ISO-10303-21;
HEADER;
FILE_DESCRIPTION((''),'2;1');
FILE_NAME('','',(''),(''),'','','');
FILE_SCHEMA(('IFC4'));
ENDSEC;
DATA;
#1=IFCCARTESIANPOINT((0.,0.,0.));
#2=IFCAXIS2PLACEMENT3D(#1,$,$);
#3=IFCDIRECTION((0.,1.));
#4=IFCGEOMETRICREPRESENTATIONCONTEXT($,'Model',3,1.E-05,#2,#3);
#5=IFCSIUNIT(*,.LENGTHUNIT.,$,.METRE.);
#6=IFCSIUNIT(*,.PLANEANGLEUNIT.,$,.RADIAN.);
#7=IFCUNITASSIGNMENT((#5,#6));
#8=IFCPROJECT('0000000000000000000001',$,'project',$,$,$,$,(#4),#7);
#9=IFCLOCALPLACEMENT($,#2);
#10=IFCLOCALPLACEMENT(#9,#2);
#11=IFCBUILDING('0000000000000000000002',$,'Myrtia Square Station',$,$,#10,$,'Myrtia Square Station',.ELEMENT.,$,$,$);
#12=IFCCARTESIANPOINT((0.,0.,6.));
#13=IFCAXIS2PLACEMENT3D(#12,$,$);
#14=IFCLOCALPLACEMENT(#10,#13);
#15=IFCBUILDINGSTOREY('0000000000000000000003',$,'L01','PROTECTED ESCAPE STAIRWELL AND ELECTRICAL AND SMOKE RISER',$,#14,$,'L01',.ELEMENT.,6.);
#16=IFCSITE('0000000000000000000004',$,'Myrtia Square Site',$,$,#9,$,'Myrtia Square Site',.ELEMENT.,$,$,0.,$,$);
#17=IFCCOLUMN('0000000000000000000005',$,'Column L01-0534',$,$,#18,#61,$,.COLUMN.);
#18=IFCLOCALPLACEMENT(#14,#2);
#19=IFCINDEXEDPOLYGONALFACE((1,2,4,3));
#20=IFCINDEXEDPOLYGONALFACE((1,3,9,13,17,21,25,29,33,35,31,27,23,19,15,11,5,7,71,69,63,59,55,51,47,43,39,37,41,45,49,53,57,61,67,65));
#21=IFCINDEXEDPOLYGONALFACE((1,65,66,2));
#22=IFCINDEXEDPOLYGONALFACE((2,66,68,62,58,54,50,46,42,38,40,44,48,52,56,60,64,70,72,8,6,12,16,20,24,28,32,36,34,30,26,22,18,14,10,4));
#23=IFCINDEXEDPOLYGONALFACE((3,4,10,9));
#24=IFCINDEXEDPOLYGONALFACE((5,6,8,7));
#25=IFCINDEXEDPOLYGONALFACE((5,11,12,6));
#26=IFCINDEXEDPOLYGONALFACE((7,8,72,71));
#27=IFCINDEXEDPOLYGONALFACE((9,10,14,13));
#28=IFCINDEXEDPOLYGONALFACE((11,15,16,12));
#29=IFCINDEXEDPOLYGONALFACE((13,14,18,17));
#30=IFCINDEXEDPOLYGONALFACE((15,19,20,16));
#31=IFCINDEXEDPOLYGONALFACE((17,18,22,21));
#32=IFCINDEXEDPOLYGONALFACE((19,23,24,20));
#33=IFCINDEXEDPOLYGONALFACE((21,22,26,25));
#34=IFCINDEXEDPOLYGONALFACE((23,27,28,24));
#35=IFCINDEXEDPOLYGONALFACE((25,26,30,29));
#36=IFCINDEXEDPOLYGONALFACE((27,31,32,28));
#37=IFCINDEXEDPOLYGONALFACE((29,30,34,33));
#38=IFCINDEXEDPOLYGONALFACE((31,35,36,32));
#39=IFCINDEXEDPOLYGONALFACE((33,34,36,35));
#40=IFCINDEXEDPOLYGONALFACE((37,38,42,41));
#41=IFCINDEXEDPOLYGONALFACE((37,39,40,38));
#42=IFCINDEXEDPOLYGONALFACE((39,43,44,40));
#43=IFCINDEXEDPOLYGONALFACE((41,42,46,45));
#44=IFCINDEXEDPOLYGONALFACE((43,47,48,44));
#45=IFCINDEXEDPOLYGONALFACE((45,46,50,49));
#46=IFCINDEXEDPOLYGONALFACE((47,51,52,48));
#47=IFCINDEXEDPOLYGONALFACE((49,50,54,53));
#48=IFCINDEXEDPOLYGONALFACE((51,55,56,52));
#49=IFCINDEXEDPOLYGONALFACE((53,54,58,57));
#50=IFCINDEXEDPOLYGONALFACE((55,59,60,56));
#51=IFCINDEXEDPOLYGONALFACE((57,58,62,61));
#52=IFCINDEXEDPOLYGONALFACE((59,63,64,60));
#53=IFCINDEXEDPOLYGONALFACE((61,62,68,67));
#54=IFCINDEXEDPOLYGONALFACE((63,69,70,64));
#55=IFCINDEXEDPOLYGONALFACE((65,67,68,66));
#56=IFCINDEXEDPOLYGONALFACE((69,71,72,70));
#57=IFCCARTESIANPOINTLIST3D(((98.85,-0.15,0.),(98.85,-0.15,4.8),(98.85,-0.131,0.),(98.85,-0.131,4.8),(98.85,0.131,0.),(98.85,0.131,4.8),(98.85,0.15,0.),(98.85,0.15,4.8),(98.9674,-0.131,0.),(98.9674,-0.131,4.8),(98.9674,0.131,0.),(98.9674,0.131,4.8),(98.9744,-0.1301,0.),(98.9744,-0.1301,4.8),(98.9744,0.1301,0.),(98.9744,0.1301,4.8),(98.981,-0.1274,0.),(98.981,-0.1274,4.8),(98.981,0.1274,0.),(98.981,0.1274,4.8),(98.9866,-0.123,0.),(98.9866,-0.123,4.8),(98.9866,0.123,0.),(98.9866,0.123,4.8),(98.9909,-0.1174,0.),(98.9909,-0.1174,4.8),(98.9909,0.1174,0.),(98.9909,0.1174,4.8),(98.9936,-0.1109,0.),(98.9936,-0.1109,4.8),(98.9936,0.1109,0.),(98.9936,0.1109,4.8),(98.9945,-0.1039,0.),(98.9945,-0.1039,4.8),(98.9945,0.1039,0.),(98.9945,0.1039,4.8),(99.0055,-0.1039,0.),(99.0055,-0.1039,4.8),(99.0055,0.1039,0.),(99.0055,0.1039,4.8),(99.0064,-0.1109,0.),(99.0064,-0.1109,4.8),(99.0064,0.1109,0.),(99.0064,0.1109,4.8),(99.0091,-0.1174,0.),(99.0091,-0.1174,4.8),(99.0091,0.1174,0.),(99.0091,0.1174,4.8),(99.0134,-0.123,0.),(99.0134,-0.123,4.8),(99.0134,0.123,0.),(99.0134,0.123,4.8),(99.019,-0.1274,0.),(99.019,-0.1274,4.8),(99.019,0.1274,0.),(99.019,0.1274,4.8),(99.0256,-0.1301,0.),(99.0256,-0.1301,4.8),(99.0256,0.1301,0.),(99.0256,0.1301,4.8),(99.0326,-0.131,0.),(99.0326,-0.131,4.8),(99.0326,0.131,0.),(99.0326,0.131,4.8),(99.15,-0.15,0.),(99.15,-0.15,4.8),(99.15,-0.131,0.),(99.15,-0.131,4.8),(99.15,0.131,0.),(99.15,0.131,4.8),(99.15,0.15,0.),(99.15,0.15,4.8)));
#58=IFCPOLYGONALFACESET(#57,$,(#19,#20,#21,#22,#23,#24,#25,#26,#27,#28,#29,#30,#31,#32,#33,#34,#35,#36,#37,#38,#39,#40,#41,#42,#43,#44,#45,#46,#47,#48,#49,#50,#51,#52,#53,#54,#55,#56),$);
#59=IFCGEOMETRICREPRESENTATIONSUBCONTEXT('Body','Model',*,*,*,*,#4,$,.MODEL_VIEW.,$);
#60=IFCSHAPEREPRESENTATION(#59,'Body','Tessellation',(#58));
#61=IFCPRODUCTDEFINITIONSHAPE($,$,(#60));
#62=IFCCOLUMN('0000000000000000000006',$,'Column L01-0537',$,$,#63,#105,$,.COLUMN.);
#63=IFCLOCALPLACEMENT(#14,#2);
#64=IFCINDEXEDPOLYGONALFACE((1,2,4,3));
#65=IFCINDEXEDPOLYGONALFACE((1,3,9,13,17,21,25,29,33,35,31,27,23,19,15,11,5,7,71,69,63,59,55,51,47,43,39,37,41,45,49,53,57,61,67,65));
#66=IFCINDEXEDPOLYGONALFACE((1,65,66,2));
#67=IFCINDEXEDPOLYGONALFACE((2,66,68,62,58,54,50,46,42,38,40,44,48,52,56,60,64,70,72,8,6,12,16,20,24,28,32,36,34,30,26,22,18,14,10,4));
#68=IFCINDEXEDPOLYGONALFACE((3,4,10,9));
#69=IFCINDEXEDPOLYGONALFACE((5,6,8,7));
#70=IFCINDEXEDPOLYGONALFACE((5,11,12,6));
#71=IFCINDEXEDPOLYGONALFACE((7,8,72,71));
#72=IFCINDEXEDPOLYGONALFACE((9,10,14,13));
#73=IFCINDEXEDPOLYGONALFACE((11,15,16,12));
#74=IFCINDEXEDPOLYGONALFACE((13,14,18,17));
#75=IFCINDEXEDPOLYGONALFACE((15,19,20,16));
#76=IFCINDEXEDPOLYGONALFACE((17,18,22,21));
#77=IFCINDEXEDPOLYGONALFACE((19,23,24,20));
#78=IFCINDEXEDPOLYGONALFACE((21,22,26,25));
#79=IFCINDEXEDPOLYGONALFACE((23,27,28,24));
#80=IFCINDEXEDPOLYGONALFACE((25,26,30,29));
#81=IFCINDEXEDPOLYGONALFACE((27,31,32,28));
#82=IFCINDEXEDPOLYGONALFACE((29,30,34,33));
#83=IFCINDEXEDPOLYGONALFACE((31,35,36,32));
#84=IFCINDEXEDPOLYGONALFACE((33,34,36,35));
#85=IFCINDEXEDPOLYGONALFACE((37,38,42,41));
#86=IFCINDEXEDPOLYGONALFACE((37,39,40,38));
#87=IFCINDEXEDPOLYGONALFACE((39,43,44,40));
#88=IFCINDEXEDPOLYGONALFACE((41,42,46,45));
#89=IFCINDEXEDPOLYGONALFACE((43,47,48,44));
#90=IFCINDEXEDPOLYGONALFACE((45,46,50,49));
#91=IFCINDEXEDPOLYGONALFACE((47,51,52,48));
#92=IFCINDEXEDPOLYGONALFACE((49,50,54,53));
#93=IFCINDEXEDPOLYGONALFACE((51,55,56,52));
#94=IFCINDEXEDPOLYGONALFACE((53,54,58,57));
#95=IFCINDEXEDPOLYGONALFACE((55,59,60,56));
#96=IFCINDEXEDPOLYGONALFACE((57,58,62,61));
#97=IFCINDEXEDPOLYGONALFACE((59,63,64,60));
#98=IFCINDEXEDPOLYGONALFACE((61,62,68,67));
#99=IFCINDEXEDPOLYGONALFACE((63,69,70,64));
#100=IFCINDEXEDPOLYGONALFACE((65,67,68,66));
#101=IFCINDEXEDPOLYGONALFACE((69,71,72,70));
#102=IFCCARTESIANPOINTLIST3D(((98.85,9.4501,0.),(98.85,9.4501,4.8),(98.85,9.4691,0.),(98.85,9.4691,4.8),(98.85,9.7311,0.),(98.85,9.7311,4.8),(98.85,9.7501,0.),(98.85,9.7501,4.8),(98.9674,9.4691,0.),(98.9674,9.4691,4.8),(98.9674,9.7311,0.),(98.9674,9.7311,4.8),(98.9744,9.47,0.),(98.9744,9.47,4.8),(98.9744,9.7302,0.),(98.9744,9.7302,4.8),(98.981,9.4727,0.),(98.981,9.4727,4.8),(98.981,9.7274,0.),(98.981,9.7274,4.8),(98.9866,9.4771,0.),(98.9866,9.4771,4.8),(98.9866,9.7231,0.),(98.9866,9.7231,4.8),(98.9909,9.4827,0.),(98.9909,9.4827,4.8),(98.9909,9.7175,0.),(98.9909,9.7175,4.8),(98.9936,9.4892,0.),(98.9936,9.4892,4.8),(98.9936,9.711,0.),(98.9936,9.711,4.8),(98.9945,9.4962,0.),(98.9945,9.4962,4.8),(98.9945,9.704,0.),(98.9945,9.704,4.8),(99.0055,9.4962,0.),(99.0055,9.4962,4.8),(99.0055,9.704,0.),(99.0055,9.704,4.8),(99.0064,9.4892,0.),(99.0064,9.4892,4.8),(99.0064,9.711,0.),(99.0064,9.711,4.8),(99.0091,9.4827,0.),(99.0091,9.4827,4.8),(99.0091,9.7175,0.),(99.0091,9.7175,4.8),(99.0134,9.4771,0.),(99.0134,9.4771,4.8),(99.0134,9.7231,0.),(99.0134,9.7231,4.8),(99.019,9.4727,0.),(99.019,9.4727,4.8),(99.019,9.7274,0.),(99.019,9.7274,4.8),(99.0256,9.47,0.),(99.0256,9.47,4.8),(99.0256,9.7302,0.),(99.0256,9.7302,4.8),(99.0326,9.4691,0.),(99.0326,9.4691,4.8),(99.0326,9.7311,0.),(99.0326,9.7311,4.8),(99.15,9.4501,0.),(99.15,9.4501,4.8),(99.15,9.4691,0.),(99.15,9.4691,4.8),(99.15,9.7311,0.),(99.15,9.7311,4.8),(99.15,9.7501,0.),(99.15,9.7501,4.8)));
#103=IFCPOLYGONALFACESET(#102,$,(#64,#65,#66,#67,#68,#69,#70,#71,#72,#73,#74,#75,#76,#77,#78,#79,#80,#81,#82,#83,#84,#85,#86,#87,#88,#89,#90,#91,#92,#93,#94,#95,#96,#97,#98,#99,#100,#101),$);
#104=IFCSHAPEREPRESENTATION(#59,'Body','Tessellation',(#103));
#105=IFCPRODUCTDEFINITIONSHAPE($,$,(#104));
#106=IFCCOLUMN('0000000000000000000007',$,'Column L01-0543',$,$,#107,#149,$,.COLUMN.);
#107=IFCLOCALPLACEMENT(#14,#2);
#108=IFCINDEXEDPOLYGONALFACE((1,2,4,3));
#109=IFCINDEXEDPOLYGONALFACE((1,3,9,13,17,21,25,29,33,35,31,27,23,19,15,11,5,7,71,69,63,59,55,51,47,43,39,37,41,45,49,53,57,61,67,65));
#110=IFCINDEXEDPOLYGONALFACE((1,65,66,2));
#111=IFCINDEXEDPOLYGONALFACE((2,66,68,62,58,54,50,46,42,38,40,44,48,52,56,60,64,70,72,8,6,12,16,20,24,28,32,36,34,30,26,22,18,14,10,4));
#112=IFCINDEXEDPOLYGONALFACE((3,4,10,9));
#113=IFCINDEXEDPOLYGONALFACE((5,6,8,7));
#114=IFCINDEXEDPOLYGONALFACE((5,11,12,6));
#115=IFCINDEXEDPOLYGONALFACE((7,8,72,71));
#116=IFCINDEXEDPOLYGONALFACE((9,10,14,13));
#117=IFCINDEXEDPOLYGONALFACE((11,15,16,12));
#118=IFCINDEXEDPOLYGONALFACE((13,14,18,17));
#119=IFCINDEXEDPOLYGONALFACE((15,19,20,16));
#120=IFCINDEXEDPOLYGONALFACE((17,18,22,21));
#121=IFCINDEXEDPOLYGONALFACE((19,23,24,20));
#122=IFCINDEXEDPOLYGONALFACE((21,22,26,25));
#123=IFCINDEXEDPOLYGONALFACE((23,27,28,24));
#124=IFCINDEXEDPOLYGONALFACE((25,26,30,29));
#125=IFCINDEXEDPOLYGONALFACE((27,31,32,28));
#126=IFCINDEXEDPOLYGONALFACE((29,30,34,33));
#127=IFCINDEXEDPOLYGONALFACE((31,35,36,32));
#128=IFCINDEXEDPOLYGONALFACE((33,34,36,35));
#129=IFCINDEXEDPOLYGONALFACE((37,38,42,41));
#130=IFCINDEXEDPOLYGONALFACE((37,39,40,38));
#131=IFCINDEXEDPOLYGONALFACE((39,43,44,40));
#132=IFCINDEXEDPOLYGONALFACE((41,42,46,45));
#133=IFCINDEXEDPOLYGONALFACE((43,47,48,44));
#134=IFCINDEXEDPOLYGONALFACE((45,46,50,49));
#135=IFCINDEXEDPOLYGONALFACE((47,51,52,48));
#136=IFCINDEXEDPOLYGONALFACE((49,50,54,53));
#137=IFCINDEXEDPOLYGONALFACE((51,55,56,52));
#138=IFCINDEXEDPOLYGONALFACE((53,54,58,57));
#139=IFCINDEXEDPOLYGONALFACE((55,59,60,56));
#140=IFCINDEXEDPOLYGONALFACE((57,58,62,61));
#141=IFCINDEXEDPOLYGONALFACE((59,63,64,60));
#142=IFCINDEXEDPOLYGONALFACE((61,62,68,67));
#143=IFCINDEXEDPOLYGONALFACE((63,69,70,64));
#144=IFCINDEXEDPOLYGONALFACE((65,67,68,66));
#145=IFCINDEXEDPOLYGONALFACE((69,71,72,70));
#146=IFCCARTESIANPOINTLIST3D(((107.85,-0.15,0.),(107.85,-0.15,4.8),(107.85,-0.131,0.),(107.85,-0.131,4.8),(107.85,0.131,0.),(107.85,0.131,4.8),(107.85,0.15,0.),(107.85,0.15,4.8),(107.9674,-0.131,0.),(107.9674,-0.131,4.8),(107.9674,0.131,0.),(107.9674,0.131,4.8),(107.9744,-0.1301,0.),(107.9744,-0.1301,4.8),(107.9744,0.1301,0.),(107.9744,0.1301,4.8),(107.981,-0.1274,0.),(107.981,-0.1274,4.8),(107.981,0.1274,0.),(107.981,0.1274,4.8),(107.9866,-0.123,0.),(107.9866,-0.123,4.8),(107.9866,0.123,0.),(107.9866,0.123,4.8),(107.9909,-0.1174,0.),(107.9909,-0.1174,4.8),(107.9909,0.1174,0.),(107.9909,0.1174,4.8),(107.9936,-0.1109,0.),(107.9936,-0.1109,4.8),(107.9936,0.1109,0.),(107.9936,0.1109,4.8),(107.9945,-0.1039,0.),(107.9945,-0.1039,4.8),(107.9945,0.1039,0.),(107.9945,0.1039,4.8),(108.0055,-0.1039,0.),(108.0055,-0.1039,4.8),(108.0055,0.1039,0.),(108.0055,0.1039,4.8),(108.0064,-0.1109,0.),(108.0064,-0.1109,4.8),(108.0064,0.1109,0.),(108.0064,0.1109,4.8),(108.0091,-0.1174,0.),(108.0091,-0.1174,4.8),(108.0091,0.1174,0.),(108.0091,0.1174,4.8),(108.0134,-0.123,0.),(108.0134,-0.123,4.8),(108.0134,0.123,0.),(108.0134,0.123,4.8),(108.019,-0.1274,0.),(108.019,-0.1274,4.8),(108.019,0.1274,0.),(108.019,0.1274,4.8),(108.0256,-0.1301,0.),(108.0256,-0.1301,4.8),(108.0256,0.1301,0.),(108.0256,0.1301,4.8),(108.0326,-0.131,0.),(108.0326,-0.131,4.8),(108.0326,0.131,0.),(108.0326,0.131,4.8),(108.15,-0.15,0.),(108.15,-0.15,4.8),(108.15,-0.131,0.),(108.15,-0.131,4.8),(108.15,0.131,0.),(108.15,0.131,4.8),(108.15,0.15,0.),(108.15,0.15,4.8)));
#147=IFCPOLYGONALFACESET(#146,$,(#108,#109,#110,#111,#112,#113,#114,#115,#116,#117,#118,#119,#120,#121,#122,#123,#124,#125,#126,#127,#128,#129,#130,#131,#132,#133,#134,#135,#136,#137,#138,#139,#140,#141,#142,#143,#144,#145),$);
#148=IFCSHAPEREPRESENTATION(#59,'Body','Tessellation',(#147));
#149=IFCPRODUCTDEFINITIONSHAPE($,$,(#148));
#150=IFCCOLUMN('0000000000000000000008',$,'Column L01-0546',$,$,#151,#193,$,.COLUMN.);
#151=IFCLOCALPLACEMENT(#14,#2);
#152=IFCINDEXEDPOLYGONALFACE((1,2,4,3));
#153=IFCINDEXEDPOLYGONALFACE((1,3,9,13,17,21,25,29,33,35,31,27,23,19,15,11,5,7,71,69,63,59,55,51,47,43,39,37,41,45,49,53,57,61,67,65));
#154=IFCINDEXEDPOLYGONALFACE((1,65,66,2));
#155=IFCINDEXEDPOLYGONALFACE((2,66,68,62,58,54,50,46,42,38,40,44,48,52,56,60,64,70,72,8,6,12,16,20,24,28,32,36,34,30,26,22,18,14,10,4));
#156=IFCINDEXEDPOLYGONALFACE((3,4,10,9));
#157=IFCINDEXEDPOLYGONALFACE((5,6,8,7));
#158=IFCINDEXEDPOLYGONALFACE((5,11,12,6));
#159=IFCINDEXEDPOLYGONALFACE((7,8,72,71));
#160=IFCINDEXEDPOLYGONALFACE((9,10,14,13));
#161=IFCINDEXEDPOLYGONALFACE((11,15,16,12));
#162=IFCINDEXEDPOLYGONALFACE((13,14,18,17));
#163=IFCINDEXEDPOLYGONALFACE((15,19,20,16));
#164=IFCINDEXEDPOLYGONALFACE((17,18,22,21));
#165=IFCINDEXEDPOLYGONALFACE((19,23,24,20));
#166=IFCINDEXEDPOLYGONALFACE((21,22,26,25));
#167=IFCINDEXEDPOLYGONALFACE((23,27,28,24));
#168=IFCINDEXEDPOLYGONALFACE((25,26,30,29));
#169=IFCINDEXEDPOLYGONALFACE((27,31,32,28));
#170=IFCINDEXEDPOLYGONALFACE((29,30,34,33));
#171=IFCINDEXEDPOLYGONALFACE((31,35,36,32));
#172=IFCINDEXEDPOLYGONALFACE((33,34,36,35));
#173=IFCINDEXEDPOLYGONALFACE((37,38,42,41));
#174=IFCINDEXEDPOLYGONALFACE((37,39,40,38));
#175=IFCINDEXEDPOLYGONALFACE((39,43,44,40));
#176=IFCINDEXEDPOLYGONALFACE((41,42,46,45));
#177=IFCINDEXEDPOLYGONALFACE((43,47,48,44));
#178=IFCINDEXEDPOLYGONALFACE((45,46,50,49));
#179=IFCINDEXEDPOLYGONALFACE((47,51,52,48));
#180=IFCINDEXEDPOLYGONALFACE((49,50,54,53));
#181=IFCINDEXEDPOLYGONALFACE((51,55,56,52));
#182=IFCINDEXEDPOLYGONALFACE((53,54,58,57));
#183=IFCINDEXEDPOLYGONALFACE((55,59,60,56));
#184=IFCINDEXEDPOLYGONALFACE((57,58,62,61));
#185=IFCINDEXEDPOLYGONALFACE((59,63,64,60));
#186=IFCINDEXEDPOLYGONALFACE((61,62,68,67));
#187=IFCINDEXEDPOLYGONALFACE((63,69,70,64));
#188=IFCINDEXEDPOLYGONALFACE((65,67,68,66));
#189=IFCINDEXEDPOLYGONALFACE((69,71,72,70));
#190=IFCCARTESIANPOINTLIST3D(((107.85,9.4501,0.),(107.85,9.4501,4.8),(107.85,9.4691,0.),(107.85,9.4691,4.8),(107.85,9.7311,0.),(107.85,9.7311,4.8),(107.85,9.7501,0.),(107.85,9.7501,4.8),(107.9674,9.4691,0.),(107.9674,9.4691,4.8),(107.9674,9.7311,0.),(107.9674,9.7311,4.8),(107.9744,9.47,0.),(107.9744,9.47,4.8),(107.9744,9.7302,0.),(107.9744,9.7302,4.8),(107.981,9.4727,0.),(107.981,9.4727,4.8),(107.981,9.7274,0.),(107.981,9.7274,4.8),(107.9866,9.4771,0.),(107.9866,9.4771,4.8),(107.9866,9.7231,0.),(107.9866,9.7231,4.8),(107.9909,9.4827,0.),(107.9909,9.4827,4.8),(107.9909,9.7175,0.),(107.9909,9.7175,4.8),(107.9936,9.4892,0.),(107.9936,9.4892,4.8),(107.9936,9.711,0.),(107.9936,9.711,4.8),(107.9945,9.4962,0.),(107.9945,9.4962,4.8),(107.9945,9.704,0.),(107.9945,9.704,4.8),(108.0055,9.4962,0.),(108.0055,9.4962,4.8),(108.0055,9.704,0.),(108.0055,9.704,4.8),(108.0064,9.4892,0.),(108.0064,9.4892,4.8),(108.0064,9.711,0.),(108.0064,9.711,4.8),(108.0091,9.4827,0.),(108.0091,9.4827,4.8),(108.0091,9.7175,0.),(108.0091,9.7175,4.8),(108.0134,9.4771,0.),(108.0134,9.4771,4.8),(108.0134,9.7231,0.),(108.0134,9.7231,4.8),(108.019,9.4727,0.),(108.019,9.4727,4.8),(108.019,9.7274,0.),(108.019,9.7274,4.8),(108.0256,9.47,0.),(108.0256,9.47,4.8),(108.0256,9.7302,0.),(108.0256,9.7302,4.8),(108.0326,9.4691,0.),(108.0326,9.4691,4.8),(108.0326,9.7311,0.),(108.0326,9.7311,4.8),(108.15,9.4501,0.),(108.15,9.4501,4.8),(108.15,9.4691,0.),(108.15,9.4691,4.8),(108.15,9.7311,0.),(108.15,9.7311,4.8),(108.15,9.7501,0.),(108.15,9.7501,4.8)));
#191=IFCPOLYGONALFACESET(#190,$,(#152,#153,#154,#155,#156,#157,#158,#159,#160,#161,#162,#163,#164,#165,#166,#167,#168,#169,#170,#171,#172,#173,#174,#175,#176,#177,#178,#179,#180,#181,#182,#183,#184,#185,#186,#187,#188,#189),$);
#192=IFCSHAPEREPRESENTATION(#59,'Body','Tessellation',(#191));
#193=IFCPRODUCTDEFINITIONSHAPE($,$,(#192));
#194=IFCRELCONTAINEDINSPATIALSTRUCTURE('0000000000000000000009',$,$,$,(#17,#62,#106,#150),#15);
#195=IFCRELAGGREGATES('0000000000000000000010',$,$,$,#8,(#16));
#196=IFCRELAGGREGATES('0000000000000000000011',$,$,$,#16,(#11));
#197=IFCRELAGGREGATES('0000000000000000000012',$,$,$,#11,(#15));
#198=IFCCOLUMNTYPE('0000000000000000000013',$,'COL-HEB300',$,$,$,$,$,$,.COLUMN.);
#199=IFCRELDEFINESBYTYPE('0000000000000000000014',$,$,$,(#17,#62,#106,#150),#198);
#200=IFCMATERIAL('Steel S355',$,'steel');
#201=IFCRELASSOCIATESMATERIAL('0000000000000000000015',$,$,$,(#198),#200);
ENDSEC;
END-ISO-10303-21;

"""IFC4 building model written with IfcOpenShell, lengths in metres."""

from ifc_helpers import new_model, si_unit, direction, frame, origin, origin_2d, place, context, subcontext, project, spatial, i_section, extrude, material, material_profile, profile_set, type_object, element, save


model = new_model("IFC4")

# Units and contexts
model_context = context("Model", 3, precision=1e-05, world=origin(), true_north=direction((0.0, 1.0)))
body_context = subcontext(model_context, "Body", "Model", "MODEL_VIEW")
ifc_project = project(units=[si_unit("LENGTHUNIT", "METRE"), si_unit("PLANEANGLEUNIT", "RADIAN")], contexts=[model_context])

# Site, building, storey
site_placement = place(None, origin())
site = spatial("IfcSite", under=ifc_project, at=site_placement, Name="Myrtia Square Site", LongName="Myrtia Square Site", CompositionType="ELEMENT", RefElevation=0.0)
building_placement = place(site_placement, origin())
building = spatial("IfcBuilding", under=site, at=building_placement, Name="Myrtia Square Station", LongName="Myrtia Square Station", CompositionType="ELEMENT")
storey_placement = place(building_placement, frame((0.0, 0.0, 6.0)))
storey = spatial("IfcBuildingStorey", under=building, at=storey_placement, Name="L01", Description="PROTECTED ESCAPE STAIRWELL AND ELECTRICAL AND SMOKE RISER", LongName="L01", CompositionType="ELEMENT", Elevation=6.0)

# Columns
ifc_material_1 = material(Name="Steel S355", Category="steel")
ifc_material_profile_1 = material_profile(ifc_material_1, i_section(OverallWidth=0.3, OverallDepth=0.3, WebThickness=0.011, FlangeThickness=0.019, FilletRadius=0.0271, at=origin_2d()), Name="HEB 300")
ifc_profile_set_1 = profile_set([ifc_material_profile_1], Name="Steel S355")
column_type = type_object("IfcColumnType", Name="COL-HEB300", PredefinedType="COLUMN", material=ifc_profile_set_1)
for number, where, z_axis, x_axis, name in (
    (1, (99.0, 0.0, 0.0), (0.0, 0.0, 1.0), (1.0, 0.0, 0.0), "Column L01-0534"),
    (2, (99.0, 9.6001, 0.0), (0.0, 0.0, 1.0), (1.0, 0.0, 0.0), "Column L01-0537"),
    (3, (108.0, 0.0, 0.0), (0.0, 0.0, 1.0), (1.0, 0.0, 0.0), "Column L01-0543"),
    (4, (108.0, 9.6001, 0.0), (0.0, 0.0, 1.0), (1.0, 0.0, 0.0), "Column L01-0546"),
):
    element("IfcColumn", number, at=place(storey_placement, frame(where, z_axis=z_axis, x_axis=x_axis)), inside=storey, type_object=column_type, Name=name, PredefinedType="COLUMN", context=body_context, shape_type="SweptSolid", body=[
        extrude(i_section(OverallWidth=0.3, OverallDepth=0.3, WebThickness=0.011, FlangeThickness=0.019, FilletRadius=0.0271, at=origin_2d()), origin(), (0.0, 0.0, 1.0), 4.8),
    ])

save(model, "model.ifc")
